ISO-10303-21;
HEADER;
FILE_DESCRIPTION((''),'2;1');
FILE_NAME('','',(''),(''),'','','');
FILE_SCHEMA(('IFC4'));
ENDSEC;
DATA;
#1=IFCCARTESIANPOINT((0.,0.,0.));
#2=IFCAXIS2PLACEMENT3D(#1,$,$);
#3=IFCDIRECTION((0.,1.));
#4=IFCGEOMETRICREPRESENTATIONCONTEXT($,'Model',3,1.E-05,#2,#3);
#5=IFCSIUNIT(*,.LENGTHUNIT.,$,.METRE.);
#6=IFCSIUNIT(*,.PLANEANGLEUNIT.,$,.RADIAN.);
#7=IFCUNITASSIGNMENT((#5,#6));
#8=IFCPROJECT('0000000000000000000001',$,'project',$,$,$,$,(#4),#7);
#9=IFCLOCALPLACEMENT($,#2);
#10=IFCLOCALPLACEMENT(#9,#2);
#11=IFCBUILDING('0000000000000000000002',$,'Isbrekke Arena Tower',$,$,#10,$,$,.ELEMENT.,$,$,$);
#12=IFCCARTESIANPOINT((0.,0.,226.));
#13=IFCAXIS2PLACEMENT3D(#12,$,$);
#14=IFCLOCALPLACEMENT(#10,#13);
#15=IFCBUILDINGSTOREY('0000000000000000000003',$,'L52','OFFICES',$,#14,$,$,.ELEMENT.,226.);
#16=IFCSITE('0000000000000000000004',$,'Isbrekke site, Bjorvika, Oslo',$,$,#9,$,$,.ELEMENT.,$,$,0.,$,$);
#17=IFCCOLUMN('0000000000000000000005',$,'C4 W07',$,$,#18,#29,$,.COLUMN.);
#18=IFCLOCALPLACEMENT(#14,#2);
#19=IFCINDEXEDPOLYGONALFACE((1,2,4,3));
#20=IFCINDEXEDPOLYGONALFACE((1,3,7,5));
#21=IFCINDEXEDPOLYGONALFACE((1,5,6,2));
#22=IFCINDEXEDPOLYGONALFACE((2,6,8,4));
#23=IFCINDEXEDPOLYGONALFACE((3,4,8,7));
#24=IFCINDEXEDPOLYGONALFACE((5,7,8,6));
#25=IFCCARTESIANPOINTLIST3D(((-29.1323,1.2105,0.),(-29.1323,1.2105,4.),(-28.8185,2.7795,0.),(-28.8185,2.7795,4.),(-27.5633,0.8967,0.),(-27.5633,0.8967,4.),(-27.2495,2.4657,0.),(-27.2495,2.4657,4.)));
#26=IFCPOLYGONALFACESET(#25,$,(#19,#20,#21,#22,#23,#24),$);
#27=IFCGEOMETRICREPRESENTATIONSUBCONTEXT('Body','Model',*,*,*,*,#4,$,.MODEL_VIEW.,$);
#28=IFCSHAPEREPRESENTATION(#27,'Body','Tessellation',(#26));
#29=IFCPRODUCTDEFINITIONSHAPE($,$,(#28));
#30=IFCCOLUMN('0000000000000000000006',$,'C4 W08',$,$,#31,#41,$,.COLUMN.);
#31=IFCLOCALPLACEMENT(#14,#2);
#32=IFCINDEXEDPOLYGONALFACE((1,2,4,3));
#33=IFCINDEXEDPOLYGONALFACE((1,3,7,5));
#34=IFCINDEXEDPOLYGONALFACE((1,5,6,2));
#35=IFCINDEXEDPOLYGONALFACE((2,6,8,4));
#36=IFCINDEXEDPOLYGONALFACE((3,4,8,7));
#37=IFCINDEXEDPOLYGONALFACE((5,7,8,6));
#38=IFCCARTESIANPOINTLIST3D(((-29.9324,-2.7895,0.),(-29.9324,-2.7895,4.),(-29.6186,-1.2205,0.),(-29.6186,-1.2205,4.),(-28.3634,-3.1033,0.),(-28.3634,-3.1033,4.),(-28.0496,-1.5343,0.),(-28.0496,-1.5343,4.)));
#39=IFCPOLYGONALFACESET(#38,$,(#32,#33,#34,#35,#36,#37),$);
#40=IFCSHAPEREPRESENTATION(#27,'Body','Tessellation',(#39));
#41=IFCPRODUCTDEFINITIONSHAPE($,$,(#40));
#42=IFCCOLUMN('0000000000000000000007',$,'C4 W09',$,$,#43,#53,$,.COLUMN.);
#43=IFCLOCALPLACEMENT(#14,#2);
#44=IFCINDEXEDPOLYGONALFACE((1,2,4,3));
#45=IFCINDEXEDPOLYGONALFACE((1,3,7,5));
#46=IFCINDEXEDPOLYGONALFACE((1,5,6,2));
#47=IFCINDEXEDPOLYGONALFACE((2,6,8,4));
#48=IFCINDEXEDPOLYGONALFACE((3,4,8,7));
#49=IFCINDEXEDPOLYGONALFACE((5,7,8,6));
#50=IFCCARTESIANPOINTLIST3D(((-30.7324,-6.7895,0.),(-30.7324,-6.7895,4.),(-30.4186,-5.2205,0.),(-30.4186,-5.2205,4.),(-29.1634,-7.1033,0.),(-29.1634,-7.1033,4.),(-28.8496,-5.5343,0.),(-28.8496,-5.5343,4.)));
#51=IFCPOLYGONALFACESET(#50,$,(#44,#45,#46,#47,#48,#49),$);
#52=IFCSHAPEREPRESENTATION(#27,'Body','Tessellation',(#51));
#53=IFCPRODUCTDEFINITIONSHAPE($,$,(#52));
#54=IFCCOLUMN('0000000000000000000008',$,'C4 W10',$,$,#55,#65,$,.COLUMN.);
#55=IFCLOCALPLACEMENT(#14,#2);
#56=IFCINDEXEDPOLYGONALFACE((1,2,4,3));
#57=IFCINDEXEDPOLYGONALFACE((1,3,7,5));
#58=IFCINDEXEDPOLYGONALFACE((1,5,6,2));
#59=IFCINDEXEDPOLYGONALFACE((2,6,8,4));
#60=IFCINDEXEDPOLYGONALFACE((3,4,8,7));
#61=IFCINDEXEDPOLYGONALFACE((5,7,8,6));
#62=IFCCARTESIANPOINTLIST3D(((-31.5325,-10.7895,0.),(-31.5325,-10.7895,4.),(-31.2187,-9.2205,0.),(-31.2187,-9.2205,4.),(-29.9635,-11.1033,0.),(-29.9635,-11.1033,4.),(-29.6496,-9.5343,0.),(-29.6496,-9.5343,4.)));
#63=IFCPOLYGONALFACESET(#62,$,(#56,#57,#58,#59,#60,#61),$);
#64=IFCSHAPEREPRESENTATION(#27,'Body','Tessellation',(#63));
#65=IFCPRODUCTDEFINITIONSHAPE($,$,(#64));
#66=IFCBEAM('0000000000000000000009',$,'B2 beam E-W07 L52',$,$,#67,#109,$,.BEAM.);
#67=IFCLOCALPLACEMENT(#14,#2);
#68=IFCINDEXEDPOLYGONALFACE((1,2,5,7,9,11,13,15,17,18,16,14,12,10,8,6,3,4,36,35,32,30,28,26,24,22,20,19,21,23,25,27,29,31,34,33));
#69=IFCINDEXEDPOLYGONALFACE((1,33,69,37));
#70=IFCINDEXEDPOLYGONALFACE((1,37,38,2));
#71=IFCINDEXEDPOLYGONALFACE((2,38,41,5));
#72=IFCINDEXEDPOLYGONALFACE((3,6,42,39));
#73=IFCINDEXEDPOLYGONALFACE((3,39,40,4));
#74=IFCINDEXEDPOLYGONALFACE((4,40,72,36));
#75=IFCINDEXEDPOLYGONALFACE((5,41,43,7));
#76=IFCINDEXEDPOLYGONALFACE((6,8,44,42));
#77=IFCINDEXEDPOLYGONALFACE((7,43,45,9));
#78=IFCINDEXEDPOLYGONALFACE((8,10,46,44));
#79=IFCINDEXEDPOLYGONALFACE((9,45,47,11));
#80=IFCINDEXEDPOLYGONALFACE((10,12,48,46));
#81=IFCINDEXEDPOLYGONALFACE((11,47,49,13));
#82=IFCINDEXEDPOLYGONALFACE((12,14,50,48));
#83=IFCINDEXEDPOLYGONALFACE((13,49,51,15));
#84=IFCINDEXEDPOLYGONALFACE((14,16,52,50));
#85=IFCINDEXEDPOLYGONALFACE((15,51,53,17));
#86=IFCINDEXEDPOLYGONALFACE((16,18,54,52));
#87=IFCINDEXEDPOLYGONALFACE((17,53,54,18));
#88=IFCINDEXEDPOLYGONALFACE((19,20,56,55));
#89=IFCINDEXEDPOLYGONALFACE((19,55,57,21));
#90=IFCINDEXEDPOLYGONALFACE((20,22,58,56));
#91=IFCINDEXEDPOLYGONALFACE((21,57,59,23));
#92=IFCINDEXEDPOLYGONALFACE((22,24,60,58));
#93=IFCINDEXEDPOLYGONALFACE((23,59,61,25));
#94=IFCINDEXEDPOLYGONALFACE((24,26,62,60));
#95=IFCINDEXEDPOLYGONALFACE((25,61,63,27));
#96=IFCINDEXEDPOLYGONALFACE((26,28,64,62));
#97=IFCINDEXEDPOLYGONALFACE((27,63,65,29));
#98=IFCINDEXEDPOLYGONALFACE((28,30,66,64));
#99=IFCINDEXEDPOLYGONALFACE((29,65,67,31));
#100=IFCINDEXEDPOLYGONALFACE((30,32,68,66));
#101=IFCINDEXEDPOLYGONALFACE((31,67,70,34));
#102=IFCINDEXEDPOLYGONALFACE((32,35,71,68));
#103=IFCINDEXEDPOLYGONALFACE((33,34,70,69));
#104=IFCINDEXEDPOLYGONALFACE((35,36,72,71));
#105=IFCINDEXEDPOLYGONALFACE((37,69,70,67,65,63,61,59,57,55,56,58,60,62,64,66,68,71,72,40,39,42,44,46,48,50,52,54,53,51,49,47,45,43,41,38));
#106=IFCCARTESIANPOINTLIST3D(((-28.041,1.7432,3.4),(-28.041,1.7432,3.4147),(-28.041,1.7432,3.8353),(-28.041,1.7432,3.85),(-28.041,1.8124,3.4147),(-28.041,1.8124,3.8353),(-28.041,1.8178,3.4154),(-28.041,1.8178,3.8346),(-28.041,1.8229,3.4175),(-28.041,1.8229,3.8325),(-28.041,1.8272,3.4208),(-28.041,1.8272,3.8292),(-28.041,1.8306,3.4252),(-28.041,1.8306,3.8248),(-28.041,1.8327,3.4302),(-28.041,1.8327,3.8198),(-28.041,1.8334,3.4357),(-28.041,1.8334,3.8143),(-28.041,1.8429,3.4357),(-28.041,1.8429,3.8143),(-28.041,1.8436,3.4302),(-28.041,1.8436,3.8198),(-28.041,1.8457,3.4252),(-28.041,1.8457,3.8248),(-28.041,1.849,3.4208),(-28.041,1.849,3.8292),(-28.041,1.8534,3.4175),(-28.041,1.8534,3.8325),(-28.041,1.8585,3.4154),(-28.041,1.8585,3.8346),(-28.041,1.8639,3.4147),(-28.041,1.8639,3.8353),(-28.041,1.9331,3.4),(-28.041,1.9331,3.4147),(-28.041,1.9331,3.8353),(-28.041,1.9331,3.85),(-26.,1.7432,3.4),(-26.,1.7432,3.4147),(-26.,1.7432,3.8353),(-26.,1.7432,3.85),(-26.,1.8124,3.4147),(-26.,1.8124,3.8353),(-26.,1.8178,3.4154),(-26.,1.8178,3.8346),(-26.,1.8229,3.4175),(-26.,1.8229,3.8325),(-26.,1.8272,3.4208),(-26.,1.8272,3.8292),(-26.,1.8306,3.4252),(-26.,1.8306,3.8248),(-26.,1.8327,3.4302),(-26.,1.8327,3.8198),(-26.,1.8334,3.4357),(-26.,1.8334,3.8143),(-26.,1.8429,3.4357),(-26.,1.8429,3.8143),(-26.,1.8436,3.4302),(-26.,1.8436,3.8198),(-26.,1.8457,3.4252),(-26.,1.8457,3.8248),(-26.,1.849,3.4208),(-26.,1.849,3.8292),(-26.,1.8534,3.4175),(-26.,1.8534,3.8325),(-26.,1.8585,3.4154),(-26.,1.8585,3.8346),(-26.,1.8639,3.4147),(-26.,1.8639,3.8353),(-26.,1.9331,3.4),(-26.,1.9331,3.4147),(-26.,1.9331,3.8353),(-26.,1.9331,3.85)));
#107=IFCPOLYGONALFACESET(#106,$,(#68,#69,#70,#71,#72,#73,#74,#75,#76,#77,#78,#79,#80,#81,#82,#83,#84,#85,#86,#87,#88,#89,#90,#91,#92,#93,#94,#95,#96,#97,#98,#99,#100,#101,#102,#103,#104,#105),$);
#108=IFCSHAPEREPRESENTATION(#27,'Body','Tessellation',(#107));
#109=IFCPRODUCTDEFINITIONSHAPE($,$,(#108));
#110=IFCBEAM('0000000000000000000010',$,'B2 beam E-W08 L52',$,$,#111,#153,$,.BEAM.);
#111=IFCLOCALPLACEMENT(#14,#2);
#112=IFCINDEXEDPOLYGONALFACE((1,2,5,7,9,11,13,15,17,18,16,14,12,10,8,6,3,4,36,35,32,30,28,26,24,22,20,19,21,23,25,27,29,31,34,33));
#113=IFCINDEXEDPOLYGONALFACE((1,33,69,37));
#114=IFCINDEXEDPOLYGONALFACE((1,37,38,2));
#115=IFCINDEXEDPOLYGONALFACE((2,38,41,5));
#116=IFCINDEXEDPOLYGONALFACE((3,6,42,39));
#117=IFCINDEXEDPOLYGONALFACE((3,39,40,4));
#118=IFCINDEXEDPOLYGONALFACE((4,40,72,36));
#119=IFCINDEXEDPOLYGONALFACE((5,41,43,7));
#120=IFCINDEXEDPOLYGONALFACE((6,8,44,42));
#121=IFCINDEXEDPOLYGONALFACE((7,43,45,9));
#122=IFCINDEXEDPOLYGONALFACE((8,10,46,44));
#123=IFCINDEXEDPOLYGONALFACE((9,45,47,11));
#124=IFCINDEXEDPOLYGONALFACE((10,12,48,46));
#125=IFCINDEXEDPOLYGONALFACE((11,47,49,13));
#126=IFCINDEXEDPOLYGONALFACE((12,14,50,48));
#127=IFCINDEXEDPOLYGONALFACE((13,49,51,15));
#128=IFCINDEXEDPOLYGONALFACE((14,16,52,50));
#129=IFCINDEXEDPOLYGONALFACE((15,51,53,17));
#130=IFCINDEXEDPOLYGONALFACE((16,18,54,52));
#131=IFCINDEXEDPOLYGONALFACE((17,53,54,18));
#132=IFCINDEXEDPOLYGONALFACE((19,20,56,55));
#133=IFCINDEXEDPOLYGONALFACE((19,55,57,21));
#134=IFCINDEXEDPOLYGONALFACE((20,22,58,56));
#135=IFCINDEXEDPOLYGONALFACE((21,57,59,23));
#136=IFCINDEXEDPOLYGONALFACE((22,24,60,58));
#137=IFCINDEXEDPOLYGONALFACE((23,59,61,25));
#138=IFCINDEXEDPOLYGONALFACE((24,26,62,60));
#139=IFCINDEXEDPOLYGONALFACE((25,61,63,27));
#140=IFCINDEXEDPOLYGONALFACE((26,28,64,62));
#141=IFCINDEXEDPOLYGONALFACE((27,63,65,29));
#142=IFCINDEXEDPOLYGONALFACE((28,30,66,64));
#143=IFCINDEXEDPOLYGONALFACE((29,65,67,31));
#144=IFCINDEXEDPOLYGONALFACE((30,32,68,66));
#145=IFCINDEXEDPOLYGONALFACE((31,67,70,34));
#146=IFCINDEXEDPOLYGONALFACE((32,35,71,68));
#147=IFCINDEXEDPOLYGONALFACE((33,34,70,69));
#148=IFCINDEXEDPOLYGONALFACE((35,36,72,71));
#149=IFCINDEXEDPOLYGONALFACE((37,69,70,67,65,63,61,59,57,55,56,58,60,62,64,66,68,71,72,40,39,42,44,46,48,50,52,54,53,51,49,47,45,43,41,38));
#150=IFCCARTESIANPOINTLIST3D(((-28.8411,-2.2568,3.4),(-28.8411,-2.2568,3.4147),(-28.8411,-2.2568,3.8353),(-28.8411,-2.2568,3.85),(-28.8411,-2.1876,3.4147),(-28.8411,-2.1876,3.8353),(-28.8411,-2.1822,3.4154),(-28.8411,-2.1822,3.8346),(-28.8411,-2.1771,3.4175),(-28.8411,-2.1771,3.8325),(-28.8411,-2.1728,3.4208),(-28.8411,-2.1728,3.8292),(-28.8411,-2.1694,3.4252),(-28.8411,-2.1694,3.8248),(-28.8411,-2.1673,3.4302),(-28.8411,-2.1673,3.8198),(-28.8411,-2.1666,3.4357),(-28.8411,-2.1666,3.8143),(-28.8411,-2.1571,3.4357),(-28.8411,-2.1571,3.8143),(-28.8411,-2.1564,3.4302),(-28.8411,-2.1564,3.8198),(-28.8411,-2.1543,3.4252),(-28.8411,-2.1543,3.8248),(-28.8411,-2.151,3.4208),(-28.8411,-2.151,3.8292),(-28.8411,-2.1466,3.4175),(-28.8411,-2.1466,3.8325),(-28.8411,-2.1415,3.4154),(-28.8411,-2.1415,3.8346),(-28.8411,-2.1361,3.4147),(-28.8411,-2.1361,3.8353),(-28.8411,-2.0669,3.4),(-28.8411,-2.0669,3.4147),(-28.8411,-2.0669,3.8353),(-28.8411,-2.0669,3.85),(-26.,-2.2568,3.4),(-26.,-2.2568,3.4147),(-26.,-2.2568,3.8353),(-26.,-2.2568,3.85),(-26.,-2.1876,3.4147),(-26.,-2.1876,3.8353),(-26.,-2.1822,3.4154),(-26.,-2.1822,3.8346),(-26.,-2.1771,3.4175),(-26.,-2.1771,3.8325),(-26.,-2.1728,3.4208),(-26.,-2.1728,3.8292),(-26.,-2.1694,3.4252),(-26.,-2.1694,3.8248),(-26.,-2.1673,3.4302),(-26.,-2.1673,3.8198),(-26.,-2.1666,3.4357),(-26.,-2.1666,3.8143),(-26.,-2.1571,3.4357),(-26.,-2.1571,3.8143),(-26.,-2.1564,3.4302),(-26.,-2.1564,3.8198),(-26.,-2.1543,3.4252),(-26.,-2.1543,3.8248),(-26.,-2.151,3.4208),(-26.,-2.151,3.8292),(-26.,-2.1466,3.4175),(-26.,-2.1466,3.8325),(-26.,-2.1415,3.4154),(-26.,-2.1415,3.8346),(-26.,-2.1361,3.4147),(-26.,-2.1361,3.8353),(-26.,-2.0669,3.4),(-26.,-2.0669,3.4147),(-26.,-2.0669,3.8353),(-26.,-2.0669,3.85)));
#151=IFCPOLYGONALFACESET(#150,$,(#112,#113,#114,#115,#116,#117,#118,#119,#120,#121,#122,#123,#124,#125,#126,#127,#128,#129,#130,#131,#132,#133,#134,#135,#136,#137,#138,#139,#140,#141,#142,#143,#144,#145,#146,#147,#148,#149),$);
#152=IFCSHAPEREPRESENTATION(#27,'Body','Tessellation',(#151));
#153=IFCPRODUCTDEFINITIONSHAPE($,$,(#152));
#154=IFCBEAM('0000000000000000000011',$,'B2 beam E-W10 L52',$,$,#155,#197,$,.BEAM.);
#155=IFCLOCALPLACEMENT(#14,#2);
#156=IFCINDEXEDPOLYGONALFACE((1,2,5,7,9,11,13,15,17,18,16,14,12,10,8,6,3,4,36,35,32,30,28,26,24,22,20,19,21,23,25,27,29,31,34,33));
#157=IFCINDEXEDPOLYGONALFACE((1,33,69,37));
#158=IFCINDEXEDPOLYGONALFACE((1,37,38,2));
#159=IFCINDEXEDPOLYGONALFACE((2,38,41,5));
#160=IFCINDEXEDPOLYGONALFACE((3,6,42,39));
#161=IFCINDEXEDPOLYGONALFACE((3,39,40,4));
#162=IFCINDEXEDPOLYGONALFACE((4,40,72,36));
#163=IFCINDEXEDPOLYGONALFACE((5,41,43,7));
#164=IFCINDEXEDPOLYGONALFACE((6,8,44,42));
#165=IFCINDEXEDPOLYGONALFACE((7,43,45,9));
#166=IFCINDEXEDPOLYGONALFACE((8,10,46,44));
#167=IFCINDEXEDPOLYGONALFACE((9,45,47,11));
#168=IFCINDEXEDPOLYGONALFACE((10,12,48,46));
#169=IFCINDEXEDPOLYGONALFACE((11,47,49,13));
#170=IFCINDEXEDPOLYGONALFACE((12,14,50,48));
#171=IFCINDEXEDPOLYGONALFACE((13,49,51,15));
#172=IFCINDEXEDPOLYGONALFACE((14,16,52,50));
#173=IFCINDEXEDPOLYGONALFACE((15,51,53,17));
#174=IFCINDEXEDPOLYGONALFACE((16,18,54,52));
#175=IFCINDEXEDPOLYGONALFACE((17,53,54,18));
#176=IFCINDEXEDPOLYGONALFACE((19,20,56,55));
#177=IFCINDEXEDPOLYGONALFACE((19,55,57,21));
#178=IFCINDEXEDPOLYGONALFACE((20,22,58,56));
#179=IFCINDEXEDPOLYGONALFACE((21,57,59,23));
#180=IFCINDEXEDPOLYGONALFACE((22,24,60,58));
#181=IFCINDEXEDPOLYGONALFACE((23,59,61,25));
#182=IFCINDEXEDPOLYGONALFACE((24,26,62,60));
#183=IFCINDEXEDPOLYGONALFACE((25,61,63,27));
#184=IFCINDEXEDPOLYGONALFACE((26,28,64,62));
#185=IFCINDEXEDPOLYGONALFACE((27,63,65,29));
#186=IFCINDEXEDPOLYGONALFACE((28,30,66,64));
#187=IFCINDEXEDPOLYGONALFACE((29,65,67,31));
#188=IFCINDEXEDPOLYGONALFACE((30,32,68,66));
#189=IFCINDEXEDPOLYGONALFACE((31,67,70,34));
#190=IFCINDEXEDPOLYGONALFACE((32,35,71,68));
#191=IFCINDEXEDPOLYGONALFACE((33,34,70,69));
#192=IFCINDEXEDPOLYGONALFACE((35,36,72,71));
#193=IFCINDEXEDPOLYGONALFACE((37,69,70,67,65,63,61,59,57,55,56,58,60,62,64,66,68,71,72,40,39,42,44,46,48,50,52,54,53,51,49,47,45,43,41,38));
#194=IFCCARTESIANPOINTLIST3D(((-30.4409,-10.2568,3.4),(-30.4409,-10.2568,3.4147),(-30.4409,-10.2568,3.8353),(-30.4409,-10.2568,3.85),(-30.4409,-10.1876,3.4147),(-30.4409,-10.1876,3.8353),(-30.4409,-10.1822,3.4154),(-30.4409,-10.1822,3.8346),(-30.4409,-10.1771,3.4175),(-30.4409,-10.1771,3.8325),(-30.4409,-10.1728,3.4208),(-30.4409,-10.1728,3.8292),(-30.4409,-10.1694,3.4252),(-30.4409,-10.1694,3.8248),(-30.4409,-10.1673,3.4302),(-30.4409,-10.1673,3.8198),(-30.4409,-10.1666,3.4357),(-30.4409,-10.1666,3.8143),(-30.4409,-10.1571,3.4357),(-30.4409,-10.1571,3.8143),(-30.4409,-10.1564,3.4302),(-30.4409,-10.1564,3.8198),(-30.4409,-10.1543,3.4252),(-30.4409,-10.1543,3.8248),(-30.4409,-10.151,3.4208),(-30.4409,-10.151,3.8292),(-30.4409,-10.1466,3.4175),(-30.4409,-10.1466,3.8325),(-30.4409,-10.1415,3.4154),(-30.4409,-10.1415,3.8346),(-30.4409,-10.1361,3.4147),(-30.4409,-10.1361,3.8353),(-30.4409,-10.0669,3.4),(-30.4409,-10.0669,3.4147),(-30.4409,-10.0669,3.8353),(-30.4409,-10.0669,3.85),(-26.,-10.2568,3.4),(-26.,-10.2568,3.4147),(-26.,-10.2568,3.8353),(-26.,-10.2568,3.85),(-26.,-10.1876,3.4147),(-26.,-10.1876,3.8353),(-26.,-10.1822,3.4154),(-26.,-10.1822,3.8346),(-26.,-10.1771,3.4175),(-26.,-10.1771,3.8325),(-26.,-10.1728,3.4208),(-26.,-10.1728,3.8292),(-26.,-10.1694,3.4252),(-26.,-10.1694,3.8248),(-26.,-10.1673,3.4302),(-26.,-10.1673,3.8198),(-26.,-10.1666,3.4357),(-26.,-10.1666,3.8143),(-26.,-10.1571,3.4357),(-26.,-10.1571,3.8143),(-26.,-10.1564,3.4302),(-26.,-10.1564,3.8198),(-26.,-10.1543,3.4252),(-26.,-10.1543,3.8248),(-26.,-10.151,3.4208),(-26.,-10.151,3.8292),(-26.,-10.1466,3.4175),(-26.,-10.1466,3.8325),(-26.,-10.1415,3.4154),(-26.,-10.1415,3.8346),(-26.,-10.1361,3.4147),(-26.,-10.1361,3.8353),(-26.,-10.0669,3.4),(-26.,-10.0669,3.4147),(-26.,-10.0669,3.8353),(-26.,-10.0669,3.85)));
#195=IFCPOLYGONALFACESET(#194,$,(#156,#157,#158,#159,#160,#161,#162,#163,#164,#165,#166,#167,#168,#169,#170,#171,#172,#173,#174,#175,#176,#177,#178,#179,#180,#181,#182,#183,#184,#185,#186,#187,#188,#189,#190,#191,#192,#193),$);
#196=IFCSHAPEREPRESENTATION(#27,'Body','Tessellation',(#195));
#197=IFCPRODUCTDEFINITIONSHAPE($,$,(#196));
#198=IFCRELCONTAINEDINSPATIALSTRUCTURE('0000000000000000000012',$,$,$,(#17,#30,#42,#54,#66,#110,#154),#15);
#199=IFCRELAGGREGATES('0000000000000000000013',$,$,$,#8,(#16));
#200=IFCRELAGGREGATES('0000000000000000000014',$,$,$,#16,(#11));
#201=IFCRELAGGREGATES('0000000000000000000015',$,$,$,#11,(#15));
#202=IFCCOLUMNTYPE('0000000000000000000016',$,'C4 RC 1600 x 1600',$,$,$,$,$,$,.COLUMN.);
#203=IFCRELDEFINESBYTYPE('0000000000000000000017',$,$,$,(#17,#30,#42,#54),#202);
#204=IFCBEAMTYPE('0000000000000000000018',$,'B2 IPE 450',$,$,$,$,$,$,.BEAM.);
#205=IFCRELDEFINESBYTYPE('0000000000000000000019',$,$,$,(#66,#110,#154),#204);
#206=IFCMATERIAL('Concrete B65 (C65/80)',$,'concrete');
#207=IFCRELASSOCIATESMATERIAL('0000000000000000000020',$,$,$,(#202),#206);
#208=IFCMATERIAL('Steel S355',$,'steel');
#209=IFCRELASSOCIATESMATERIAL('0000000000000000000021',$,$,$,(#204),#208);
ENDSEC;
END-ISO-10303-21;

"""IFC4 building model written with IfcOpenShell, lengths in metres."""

from ifc_helpers import new_model, si_unit, direction, frame, origin, origin_2d, place, context, subcontext, project, spatial, rectangle, i_section, extrude, material, material_profile, profile_set, type_object, element, save


model = new_model("IFC4")

# Units and contexts
model_context = context("Model", 3, precision=1e-05, world=origin(), true_north=direction((0.0, 1.0)))
body_context = subcontext(model_context, "Body", "Model", "MODEL_VIEW")
ifc_project = project(units=[si_unit("LENGTHUNIT", "METRE"), si_unit("PLANEANGLEUNIT", "RADIAN")], contexts=[model_context])

# Site, building, storey
site_placement = place(None, origin())
site = spatial("IfcSite", under=ifc_project, at=site_placement, Name="Isbrekke site, Bjorvika, Oslo", CompositionType="ELEMENT", RefElevation=0.0)
building_placement = place(site_placement, origin())
building = spatial("IfcBuilding", under=site, at=building_placement, Name="Isbrekke Arena Tower", CompositionType="ELEMENT")
storey_placement = place(building_placement, frame((0.0, 0.0, 226.0)))
storey = spatial("IfcBuildingStorey", under=building, at=storey_placement, Name="L52", Description="OFFICES", CompositionType="ELEMENT", Elevation=226.0)

# Columns
ifc_material_1 = material(Name="Concrete B65 (C65/80)", Category="concrete")
ifc_material_profile_1 = material_profile(ifc_material_1, rectangle(XDim=1.6001, YDim=1.6001, at=origin_2d()), Name="RC 1600x1600")
ifc_profile_set_1 = profile_set([ifc_material_profile_1], Name="Concrete B65 (C65/80)")
column_type = type_object("IfcColumnType", Name="C4 RC 1600 x 1600", PredefinedType="COLUMN", material=ifc_profile_set_1)
for number, where, z_axis, x_axis, name in (
    (1, (-28.1909, 1.8381, 0.0), (0.0, 0.0, 1.0), (-0.196116, -0.980581, 0.0), "C4 W07"),
    (2, (-28.991, -2.1619, 0.0), (0.0, 0.0, 1.0), (-0.196116, -0.980581, 0.0), "C4 W08"),
    (3, (-29.791, -6.1619, 0.0), (0.0, 0.0, 1.0), (-0.196116, -0.980581, 0.0), "C4 W09"),
    (4, (-30.5911, -10.1619, 0.0), (0.0, 0.0, 1.0), (-0.196116, -0.980581, 0.0), "C4 W10"),
):
    element("IfcColumn", number, at=place(storey_placement, frame(where, z_axis=z_axis, x_axis=x_axis)), inside=storey, type_object=column_type, Name=name, PredefinedType="COLUMN", context=body_context, shape_type="SweptSolid", body=[
        extrude(rectangle(XDim=1.6001, YDim=1.6001, at=origin_2d()), origin(), (0.0, 0.0, 1.0), 4.0),
    ])

# Beams
ifc_material_2 = material(Name="Steel S355", Category="steel")
ifc_material_profile_2 = material_profile(ifc_material_2, i_section(OverallWidth=0.1899, OverallDepth=0.45, WebThickness=0.0095, FlangeThickness=0.0146, FilletRadius=0.021, at=origin_2d()), Name="IPE 450")
ifc_profile_set_2 = profile_set([ifc_material_profile_2], Name="Steel S355")
beam_type_1 = type_object("IfcBeamType", Name="B2 IPE 450", PredefinedType="BEAM", material=ifc_profile_set_2)
beam_1_placement = place(storey_placement, frame((-28.041, 1.8381, 3.625), z_axis=(1.0, 0.0, 0.0), x_axis=(0.0, 1.0, 0.0)))
element("IfcBeam", 5, at=beam_1_placement, inside=storey, type_object=beam_type_1, Name="B2 beam E-W07 L52", PredefinedType="BEAM", context=body_context, shape_type="SweptSolid", body=[
    extrude(i_section(OverallWidth=0.1899, OverallDepth=0.45, WebThickness=0.0095, FlangeThickness=0.0146, FilletRadius=0.021, at=origin_2d()), origin(), (0.0, 0.0, 1.0), 2.041),
])
beam_2_placement = place(storey_placement, frame((-28.8411, -2.1619, 3.625), z_axis=(1.0, 0.0, 0.0), x_axis=(0.0, 1.0, 0.0)))
element("IfcBeam", 6, at=beam_2_placement, inside=storey, type_object=beam_type_1, Name="B2 beam E-W08 L52", PredefinedType="BEAM", context=body_context, shape_type="SweptSolid", body=[
    extrude(i_section(OverallWidth=0.1899, OverallDepth=0.45, WebThickness=0.0095, FlangeThickness=0.0146, FilletRadius=0.021, at=origin_2d()), origin(), (0.0, 0.0, 1.0), 2.8411),
])
beam_3_placement = place(storey_placement, frame((-30.4409, -10.1619, 3.625), z_axis=(1.0, 0.0, 0.0), x_axis=(0.0, 1.0, 0.0)))
element("IfcBeam", 7, at=beam_3_placement, inside=storey, type_object=beam_type_1, Name="B2 beam E-W10 L52", PredefinedType="BEAM", context=body_context, shape_type="SweptSolid", body=[
    extrude(i_section(OverallWidth=0.1899, OverallDepth=0.45, WebThickness=0.0095, FlangeThickness=0.0146, FilletRadius=0.021, at=origin_2d()), origin(), (0.0, 0.0, 1.0), 4.4409),
])

save(model, "model.ifc")
